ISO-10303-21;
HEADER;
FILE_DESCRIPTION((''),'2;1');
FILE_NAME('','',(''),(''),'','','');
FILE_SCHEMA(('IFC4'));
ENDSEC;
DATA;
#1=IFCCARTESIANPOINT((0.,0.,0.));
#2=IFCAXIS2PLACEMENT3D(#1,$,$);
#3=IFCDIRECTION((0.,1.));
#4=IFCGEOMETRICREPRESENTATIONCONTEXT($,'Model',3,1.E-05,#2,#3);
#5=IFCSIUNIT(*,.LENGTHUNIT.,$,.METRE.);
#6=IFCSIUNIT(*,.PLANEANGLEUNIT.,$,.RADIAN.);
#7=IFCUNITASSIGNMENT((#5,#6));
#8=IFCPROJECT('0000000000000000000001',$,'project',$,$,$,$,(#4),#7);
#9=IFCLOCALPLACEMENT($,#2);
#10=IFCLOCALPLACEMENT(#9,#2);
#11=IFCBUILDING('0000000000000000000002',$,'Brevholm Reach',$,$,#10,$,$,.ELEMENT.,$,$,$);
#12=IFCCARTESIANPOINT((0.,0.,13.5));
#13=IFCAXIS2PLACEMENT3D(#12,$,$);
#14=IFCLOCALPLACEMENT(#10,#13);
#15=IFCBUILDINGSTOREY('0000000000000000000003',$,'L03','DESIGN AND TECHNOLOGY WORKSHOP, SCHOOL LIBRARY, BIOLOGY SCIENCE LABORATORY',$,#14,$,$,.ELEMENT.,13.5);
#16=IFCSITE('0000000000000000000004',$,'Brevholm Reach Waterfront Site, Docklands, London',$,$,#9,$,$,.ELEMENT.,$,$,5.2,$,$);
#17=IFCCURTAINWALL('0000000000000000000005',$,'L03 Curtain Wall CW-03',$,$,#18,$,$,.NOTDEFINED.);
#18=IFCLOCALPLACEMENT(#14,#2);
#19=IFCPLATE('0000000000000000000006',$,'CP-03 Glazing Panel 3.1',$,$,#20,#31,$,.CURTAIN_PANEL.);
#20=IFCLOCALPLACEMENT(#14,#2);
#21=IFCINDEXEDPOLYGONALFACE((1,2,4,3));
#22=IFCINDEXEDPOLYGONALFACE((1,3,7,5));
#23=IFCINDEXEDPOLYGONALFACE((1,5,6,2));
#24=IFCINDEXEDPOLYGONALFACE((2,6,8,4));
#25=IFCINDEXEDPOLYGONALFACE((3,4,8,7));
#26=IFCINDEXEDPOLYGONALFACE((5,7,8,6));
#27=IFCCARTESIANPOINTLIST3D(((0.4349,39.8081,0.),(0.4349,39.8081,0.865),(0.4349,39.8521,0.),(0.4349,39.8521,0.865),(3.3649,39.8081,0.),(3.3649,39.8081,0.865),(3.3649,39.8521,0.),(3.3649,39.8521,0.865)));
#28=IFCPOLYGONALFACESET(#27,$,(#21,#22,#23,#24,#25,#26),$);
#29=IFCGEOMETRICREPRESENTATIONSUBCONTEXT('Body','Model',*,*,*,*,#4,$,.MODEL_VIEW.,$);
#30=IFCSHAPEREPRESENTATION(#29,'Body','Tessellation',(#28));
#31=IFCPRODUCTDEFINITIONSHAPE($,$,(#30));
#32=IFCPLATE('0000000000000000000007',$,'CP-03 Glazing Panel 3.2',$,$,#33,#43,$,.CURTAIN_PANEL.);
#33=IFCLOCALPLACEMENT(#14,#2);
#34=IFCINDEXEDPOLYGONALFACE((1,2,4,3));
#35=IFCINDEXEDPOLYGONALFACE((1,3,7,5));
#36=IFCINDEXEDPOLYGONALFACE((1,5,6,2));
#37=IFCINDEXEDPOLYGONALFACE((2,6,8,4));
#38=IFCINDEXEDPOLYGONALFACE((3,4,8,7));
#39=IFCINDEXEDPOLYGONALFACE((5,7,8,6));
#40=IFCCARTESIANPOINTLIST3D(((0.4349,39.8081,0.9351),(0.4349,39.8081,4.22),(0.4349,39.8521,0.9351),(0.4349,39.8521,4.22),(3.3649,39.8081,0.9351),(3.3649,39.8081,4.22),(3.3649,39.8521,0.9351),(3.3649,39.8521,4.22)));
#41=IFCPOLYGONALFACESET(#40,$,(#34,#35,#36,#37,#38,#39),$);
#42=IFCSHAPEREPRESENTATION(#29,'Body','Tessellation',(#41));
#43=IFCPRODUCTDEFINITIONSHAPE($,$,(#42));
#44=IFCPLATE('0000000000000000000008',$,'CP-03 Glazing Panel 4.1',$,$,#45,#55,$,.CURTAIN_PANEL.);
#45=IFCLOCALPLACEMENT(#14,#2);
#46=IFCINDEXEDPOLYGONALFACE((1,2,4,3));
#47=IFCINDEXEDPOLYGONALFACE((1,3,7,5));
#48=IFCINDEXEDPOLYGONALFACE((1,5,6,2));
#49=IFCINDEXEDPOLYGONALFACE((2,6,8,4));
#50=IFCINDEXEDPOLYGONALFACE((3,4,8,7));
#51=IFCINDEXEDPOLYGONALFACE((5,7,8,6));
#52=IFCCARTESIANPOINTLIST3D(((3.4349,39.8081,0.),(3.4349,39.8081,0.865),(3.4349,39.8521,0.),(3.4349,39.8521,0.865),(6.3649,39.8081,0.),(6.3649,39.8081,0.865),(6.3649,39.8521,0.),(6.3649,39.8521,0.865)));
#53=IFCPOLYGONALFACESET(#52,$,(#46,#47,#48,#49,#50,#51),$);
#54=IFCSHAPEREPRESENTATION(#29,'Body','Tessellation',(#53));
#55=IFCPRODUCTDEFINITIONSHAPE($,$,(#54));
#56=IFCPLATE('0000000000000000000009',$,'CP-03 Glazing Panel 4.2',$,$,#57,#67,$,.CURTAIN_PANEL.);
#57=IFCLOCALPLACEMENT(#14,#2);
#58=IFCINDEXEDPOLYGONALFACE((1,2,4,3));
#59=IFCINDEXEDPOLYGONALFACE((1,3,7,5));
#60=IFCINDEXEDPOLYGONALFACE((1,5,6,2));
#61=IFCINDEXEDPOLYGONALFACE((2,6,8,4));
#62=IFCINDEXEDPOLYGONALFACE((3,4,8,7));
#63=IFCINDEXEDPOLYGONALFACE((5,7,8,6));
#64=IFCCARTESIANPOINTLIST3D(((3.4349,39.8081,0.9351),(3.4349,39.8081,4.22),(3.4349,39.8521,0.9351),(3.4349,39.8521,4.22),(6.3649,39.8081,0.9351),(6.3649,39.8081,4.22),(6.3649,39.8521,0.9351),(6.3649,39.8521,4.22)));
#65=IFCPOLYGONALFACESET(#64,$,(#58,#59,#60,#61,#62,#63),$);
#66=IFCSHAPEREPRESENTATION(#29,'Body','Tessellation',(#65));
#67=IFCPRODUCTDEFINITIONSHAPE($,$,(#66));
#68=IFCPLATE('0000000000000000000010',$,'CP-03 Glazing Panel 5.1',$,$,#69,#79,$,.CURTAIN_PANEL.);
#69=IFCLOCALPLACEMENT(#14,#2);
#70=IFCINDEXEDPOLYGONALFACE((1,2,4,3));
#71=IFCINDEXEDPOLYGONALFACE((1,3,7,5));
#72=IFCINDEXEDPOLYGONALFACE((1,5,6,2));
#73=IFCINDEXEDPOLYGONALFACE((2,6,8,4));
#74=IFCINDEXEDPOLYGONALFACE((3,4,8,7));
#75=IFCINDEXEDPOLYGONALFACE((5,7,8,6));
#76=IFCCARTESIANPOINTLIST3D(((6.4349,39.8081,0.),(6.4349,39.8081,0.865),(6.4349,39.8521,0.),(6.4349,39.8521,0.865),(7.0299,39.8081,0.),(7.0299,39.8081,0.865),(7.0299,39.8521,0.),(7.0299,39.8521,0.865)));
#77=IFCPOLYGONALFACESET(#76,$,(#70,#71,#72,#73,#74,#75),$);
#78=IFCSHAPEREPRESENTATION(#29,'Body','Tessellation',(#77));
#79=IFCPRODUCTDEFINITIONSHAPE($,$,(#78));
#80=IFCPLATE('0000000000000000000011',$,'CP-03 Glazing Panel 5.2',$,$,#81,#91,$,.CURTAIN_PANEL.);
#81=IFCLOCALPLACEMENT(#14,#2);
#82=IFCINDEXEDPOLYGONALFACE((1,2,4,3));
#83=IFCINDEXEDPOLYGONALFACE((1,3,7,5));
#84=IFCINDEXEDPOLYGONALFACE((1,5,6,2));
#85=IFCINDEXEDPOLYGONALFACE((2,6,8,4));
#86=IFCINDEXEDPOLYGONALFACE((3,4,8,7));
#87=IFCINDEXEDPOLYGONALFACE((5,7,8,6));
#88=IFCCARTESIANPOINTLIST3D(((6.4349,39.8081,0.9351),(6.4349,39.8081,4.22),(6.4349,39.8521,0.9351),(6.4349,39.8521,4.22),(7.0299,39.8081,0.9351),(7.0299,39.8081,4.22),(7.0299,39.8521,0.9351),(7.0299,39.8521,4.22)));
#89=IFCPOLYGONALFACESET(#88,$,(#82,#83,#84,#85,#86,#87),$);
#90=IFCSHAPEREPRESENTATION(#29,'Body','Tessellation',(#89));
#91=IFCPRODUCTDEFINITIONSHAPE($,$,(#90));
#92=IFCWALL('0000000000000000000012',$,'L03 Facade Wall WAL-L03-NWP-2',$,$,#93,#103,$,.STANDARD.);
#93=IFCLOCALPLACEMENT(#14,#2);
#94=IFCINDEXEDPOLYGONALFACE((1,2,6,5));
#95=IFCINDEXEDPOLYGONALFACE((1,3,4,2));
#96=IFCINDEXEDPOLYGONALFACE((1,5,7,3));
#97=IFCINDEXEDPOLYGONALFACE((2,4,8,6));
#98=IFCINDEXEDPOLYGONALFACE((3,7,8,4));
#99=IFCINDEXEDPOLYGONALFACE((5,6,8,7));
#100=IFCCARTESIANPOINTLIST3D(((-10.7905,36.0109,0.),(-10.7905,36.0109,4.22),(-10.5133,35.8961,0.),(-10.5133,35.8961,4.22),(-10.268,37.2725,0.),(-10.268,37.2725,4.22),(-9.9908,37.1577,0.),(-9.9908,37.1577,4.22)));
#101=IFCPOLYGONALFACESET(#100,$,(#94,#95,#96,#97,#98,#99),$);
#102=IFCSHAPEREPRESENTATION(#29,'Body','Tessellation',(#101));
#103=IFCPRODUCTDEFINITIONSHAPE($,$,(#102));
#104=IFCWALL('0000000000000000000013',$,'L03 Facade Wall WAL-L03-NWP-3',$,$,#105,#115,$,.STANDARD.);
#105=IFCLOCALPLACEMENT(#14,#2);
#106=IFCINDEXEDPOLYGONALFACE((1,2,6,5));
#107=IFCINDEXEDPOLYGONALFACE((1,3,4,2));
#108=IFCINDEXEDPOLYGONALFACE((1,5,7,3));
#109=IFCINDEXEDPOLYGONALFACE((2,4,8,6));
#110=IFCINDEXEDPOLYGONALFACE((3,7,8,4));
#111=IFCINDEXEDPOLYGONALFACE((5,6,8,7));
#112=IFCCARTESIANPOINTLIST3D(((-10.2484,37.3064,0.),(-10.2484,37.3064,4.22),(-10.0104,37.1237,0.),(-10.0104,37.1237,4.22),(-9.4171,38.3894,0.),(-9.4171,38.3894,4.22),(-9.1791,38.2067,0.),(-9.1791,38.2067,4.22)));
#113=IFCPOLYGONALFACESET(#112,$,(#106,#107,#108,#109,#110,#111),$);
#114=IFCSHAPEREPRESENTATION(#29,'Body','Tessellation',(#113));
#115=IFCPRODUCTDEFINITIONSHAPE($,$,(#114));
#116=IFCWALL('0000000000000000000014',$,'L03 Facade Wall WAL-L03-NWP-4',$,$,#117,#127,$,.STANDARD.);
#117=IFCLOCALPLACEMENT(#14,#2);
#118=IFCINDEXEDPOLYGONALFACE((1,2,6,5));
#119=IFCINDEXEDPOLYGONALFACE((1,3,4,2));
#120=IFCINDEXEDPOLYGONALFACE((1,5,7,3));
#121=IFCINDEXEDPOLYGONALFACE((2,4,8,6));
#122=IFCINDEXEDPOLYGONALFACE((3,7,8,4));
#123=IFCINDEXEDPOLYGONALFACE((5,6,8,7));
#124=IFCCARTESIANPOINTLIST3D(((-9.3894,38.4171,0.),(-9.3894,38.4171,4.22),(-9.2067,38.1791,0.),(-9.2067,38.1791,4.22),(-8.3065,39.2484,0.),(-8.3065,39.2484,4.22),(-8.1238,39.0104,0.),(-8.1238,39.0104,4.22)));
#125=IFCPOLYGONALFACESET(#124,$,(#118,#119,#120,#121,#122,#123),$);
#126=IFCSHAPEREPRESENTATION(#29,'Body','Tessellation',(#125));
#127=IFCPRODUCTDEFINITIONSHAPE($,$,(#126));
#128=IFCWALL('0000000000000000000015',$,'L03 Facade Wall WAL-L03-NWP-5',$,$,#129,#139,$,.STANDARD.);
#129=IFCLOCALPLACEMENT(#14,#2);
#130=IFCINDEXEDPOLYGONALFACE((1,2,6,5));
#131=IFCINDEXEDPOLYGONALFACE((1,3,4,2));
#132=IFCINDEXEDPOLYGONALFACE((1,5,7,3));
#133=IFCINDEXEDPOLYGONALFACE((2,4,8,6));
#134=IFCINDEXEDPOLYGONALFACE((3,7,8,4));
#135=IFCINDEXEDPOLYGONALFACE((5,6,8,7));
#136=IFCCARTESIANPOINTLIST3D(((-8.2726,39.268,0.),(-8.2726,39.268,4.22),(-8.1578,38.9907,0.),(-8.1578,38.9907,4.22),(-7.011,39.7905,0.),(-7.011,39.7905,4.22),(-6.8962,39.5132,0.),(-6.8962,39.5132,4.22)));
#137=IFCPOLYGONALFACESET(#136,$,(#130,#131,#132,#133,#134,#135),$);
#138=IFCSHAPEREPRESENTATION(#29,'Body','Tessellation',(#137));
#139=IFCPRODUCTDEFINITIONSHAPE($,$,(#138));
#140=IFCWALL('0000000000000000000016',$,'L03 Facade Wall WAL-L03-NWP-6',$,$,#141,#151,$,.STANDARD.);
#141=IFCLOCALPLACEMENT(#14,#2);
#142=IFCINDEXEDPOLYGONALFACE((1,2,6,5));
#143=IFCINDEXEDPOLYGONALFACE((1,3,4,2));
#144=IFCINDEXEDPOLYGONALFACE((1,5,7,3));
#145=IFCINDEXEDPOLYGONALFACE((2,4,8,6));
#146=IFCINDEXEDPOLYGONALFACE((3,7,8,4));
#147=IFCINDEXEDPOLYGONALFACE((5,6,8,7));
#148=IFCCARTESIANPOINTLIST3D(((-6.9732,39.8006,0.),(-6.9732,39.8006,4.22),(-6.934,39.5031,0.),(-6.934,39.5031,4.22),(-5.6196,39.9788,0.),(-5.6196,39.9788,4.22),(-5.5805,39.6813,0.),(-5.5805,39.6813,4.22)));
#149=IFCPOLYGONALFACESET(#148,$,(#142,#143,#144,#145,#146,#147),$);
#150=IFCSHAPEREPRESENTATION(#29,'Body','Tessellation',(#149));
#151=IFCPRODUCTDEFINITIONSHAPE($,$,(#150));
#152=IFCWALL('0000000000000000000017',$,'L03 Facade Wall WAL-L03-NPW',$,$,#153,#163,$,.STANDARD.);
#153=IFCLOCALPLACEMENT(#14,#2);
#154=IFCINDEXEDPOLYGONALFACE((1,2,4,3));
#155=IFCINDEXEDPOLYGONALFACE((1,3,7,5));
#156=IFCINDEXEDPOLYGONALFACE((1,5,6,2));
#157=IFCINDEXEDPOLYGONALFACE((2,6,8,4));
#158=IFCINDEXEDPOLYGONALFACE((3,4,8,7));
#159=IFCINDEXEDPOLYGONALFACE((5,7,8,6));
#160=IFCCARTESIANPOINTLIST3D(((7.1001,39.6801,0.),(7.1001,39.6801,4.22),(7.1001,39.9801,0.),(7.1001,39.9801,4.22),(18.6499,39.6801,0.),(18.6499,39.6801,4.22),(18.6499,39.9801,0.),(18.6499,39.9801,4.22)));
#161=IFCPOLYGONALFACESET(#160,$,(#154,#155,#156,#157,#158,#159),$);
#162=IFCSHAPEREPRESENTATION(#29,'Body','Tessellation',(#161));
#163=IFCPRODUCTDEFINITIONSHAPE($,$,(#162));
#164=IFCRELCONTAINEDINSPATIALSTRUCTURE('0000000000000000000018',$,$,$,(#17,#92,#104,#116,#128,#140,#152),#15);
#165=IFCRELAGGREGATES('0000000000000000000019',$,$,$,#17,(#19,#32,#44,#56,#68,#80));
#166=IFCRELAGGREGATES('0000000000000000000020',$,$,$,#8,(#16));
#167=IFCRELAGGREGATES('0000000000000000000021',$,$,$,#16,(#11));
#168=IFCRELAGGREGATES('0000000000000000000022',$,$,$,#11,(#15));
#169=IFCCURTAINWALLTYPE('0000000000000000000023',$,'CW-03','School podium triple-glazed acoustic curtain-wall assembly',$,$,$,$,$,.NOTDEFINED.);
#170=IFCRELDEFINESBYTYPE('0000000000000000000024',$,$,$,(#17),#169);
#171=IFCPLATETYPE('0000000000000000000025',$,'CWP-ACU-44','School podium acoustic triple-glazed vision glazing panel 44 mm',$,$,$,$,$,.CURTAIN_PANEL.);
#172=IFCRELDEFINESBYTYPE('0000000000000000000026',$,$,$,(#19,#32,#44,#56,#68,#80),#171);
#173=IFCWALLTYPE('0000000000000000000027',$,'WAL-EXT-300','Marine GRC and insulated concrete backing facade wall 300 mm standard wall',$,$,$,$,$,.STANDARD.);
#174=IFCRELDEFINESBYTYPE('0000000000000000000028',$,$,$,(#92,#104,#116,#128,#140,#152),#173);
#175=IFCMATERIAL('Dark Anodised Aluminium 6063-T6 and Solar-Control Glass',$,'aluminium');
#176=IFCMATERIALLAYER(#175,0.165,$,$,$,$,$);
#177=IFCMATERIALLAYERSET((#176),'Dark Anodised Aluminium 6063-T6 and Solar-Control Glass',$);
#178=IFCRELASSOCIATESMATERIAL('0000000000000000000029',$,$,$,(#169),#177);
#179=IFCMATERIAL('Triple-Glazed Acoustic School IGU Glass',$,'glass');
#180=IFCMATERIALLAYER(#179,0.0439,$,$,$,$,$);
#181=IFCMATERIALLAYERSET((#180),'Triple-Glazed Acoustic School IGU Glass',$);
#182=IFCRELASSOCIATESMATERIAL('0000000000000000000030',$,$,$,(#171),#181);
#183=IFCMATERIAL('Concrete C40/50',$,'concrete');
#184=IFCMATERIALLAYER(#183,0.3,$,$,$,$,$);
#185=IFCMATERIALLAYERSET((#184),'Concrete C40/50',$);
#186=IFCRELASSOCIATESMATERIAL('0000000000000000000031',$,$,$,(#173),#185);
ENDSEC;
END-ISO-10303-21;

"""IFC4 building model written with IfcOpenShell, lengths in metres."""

from ifc_helpers import new_model, si_unit, direction, frame, frame_2d, origin, origin_2d, place, context, subcontext, project, spatial, rectangle, extrude, material, layer, layer_set, type_object, element, aggregate, save


model = new_model("IFC4")

# Units and contexts
model_context = context("Model", 3, precision=1e-05, world=origin(), true_north=direction((0.0, 1.0)))
body_context = subcontext(model_context, "Body", "Model", "MODEL_VIEW")
ifc_project = project(units=[si_unit("LENGTHUNIT", "METRE"), si_unit("PLANEANGLEUNIT", "RADIAN")], contexts=[model_context])

# Site, building, storey
site_placement = place(None, origin())
site = spatial("IfcSite", under=ifc_project, at=site_placement, Name="Brevholm Reach Waterfront Site, Docklands, London", CompositionType="ELEMENT", RefElevation=5.2)
building_placement = place(site_placement, origin())
building = spatial("IfcBuilding", under=site, at=building_placement, Name="Brevholm Reach", CompositionType="ELEMENT")
storey_placement = place(building_placement, frame((0.0, 0.0, 13.5)))
storey = spatial("IfcBuildingStorey", under=building, at=storey_placement, Name="L03", Description="DESIGN AND TECHNOLOGY WORKSHOP, SCHOOL LIBRARY, BIOLOGY SCIENCE LABORATORY", CompositionType="ELEMENT", Elevation=13.5)

# Curtain wall, plates
ifc_material_1 = material(Name="Dark Anodised Aluminium 6063-T6 and Solar-Control Glass", Category="aluminium")
ifc_layer_1 = layer(ifc_material_1, 0.165)
ifc_layer_set_1 = layer_set([ifc_layer_1], Name="Dark Anodised Aluminium 6063-T6 and Solar-Control Glass")
curtain_wall_type = type_object("IfcCurtainWallType", Name="CW-03", Description="School podium triple-glazed acoustic curtain-wall assembly", PredefinedType="NOTDEFINED", material=ifc_layer_set_1)
curtain_wall_placement = place(storey_placement, origin())
curtain_wall = element("IfcCurtainWall", 1, at=curtain_wall_placement, inside=storey, type_object=curtain_wall_type, Name="L03 Curtain Wall CW-03", PredefinedType="NOTDEFINED")
ifc_material_2 = material(Name="Triple-Glazed Acoustic School IGU Glass", Category="glass")
ifc_layer_2 = layer(ifc_material_2, 0.0439)
ifc_layer_set_2 = layer_set([ifc_layer_2], Name="Triple-Glazed Acoustic School IGU Glass")
plate_type = type_object("IfcPlateType", Name="CWP-ACU-44", Description="School podium acoustic triple-glazed vision glazing panel 44 mm", PredefinedType="CURTAIN_PANEL", material=ifc_layer_set_2)
plate_1_placement = place(storey_placement, frame((1.8999, 39.8301, 0.0), z_axis=(0.0, 0.0, 1.0), x_axis=(1.0, 0.0, 0.0)))
plate_1 = element("IfcPlate", 2, at=plate_1_placement, type_object=plate_type, Name="CP-03 Glazing Panel 3.1", PredefinedType="CURTAIN_PANEL", context=body_context, shape_type="SweptSolid", body=[
    extrude(rectangle(XDim=2.9299, YDim=0.0439, at=origin_2d()), origin(), (0.0, 0.0, 1.0), 0.865),
])
plate_2_placement = place(storey_placement, frame((1.8999, 39.8301, 0.9351), z_axis=(0.0, 0.0, 1.0), x_axis=(1.0, 0.0, 0.0)))
plate_2 = element("IfcPlate", 3, at=plate_2_placement, type_object=plate_type, Name="CP-03 Glazing Panel 3.2", PredefinedType="CURTAIN_PANEL", context=body_context, shape_type="SweptSolid", body=[
    extrude(rectangle(XDim=2.9299, YDim=0.0439, at=origin_2d()), origin(), (0.0, 0.0, 1.0), 3.2849),
])
plate_3_placement = place(storey_placement, frame((4.8999, 39.8301, 0.0), z_axis=(0.0, 0.0, 1.0), x_axis=(1.0, 0.0, 0.0)))
plate_3 = element("IfcPlate", 4, at=plate_3_placement, type_object=plate_type, Name="CP-03 Glazing Panel 4.1", PredefinedType="CURTAIN_PANEL", context=body_context, shape_type="SweptSolid", body=[
    extrude(rectangle(XDim=2.9299, YDim=0.0439, at=origin_2d()), origin(), (0.0, 0.0, 1.0), 0.865),
])
plate_4_placement = place(storey_placement, frame((4.8999, 39.8301, 0.9351), z_axis=(0.0, 0.0, 1.0), x_axis=(1.0, 0.0, 0.0)))
plate_4 = element("IfcPlate", 5, at=plate_4_placement, type_object=plate_type, Name="CP-03 Glazing Panel 4.2", PredefinedType="CURTAIN_PANEL", context=body_context, shape_type="SweptSolid", body=[
    extrude(rectangle(XDim=2.9299, YDim=0.0439, at=origin_2d()), origin(), (0.0, 0.0, 1.0), 3.2849),
])
plate_5_placement = place(storey_placement, frame((6.7324, 39.8301, 0.0), z_axis=(0.0, 0.0, 1.0), x_axis=(1.0, 0.0, 0.0)))
plate_5 = element("IfcPlate", 6, at=plate_5_placement, type_object=plate_type, Name="CP-03 Glazing Panel 5.1", PredefinedType="CURTAIN_PANEL", context=body_context, shape_type="SweptSolid", body=[
    extrude(rectangle(XDim=0.595, YDim=0.0439, at=origin_2d()), origin(), (0.0, 0.0, 1.0), 0.865),
])
plate_6_placement = place(storey_placement, frame((6.7324, 39.8301, 0.9351), z_axis=(0.0, 0.0, 1.0), x_axis=(1.0, 0.0, 0.0)))
plate_6 = element("IfcPlate", 7, at=plate_6_placement, type_object=plate_type, Name="CP-03 Glazing Panel 5.2", PredefinedType="CURTAIN_PANEL", context=body_context, shape_type="SweptSolid", body=[
    extrude(rectangle(XDim=0.595, YDim=0.0439, at=origin_2d()), origin(), (0.0, 0.0, 1.0), 3.2849),
])
aggregate(curtain_wall, [plate_1, plate_2, plate_3, plate_4, plate_5, plate_6])

# Walls
ifc_material_3 = material(Name="Concrete C40/50", Category="concrete")
ifc_layer_3 = layer(ifc_material_3, 0.3)
ifc_layer_set_3 = layer_set([ifc_layer_3], Name="Concrete C40/50")
wall_type = type_object("IfcWallType", Name="WAL-EXT-300", Description="Marine GRC and insulated concrete backing facade wall 300 mm standard wall", PredefinedType="STANDARD", material=ifc_layer_set_3)
wall_1_placement = place(storey_placement, frame((-10.6519, 35.9536, 0.0), z_axis=(0.0, 0.0, 1.0), x_axis=(0.382647, 0.923895, 0.0)))
element("IfcWall", 8, at=wall_1_placement, inside=storey, type_object=wall_type, Name="L03 Facade Wall WAL-L03-NWP-2", PredefinedType="STANDARD", context=body_context, shape_type="SweptSolid", body=[
    extrude(rectangle(XDim=1.3655, YDim=0.3, at=frame_2d((0.6826, 0.0))), origin(), (0.0, 0.0, 1.0), 4.22),
])
for number, where, z_axis, x_axis, name in (
    (9, (-10.1294, 37.2151, 0.0), (0.0, 0.0, 1.0), (0.608889, 0.793255, 0.0), "L03 Facade Wall WAL-L03-NWP-3"),
    (10, (-9.2981, 38.2981, 0.0), (0.0, 0.0, 1.0), (0.793255, 0.608889, 0.0), "L03 Facade Wall WAL-L03-NWP-4"),
):
    element("IfcWall", number, at=place(storey_placement, frame(where, z_axis=z_axis, x_axis=x_axis)), inside=storey, type_object=wall_type, Name=name, PredefinedType="STANDARD", context=body_context, shape_type="SweptSolid", body=[
        extrude(rectangle(XDim=1.3652, YDim=0.3, at=frame_2d((0.6826, 0.0))), origin(), (0.0, 0.0, 1.0), 4.22),
    ])
wall_2_placement = place(storey_placement, frame((-8.2151, 39.1294, 0.0), z_axis=(0.0, 0.0, 1.0), x_axis=(0.923895, 0.382647, 0.0)))
element("IfcWall", 11, at=wall_2_placement, inside=storey, type_object=wall_type, Name="L03 Facade Wall WAL-L03-NWP-5", PredefinedType="STANDARD", context=body_context, shape_type="SweptSolid", body=[
    extrude(rectangle(XDim=1.3655, YDim=0.3, at=frame_2d((0.6826, 0.0))), origin(), (0.0, 0.0, 1.0), 4.22),
])
wall_3_placement = place(storey_placement, frame((-6.9536, 39.6519, 0.0), z_axis=(0.0, 0.0, 1.0), x_axis=(0.991442, 0.130547, 0.0)))
element("IfcWall", 12, at=wall_3_placement, inside=storey, type_object=wall_type, Name="L03 Facade Wall WAL-L03-NWP-6", PredefinedType="STANDARD", context=body_context, shape_type="SweptSolid", body=[
    extrude(rectangle(XDim=1.3652, YDim=0.3, at=frame_2d((0.6826, 0.0))), origin(), (0.0, 0.0, 1.0), 4.22),
])
wall_4_placement = place(storey_placement, frame((7.1001, 39.8301, 0.0), z_axis=(0.0, 0.0, 1.0), x_axis=(1.0, 0.0, 0.0)))
element("IfcWall", 13, at=wall_4_placement, inside=storey, type_object=wall_type, Name="L03 Facade Wall WAL-L03-NPW", PredefinedType="STANDARD", context=body_context, shape_type="SweptSolid", body=[
    extrude(rectangle(XDim=11.5498, YDim=0.3, at=frame_2d((5.7749, 0.0))), origin(), (0.0, 0.0, 1.0), 4.22),
])

save(model, "model.ifc")
